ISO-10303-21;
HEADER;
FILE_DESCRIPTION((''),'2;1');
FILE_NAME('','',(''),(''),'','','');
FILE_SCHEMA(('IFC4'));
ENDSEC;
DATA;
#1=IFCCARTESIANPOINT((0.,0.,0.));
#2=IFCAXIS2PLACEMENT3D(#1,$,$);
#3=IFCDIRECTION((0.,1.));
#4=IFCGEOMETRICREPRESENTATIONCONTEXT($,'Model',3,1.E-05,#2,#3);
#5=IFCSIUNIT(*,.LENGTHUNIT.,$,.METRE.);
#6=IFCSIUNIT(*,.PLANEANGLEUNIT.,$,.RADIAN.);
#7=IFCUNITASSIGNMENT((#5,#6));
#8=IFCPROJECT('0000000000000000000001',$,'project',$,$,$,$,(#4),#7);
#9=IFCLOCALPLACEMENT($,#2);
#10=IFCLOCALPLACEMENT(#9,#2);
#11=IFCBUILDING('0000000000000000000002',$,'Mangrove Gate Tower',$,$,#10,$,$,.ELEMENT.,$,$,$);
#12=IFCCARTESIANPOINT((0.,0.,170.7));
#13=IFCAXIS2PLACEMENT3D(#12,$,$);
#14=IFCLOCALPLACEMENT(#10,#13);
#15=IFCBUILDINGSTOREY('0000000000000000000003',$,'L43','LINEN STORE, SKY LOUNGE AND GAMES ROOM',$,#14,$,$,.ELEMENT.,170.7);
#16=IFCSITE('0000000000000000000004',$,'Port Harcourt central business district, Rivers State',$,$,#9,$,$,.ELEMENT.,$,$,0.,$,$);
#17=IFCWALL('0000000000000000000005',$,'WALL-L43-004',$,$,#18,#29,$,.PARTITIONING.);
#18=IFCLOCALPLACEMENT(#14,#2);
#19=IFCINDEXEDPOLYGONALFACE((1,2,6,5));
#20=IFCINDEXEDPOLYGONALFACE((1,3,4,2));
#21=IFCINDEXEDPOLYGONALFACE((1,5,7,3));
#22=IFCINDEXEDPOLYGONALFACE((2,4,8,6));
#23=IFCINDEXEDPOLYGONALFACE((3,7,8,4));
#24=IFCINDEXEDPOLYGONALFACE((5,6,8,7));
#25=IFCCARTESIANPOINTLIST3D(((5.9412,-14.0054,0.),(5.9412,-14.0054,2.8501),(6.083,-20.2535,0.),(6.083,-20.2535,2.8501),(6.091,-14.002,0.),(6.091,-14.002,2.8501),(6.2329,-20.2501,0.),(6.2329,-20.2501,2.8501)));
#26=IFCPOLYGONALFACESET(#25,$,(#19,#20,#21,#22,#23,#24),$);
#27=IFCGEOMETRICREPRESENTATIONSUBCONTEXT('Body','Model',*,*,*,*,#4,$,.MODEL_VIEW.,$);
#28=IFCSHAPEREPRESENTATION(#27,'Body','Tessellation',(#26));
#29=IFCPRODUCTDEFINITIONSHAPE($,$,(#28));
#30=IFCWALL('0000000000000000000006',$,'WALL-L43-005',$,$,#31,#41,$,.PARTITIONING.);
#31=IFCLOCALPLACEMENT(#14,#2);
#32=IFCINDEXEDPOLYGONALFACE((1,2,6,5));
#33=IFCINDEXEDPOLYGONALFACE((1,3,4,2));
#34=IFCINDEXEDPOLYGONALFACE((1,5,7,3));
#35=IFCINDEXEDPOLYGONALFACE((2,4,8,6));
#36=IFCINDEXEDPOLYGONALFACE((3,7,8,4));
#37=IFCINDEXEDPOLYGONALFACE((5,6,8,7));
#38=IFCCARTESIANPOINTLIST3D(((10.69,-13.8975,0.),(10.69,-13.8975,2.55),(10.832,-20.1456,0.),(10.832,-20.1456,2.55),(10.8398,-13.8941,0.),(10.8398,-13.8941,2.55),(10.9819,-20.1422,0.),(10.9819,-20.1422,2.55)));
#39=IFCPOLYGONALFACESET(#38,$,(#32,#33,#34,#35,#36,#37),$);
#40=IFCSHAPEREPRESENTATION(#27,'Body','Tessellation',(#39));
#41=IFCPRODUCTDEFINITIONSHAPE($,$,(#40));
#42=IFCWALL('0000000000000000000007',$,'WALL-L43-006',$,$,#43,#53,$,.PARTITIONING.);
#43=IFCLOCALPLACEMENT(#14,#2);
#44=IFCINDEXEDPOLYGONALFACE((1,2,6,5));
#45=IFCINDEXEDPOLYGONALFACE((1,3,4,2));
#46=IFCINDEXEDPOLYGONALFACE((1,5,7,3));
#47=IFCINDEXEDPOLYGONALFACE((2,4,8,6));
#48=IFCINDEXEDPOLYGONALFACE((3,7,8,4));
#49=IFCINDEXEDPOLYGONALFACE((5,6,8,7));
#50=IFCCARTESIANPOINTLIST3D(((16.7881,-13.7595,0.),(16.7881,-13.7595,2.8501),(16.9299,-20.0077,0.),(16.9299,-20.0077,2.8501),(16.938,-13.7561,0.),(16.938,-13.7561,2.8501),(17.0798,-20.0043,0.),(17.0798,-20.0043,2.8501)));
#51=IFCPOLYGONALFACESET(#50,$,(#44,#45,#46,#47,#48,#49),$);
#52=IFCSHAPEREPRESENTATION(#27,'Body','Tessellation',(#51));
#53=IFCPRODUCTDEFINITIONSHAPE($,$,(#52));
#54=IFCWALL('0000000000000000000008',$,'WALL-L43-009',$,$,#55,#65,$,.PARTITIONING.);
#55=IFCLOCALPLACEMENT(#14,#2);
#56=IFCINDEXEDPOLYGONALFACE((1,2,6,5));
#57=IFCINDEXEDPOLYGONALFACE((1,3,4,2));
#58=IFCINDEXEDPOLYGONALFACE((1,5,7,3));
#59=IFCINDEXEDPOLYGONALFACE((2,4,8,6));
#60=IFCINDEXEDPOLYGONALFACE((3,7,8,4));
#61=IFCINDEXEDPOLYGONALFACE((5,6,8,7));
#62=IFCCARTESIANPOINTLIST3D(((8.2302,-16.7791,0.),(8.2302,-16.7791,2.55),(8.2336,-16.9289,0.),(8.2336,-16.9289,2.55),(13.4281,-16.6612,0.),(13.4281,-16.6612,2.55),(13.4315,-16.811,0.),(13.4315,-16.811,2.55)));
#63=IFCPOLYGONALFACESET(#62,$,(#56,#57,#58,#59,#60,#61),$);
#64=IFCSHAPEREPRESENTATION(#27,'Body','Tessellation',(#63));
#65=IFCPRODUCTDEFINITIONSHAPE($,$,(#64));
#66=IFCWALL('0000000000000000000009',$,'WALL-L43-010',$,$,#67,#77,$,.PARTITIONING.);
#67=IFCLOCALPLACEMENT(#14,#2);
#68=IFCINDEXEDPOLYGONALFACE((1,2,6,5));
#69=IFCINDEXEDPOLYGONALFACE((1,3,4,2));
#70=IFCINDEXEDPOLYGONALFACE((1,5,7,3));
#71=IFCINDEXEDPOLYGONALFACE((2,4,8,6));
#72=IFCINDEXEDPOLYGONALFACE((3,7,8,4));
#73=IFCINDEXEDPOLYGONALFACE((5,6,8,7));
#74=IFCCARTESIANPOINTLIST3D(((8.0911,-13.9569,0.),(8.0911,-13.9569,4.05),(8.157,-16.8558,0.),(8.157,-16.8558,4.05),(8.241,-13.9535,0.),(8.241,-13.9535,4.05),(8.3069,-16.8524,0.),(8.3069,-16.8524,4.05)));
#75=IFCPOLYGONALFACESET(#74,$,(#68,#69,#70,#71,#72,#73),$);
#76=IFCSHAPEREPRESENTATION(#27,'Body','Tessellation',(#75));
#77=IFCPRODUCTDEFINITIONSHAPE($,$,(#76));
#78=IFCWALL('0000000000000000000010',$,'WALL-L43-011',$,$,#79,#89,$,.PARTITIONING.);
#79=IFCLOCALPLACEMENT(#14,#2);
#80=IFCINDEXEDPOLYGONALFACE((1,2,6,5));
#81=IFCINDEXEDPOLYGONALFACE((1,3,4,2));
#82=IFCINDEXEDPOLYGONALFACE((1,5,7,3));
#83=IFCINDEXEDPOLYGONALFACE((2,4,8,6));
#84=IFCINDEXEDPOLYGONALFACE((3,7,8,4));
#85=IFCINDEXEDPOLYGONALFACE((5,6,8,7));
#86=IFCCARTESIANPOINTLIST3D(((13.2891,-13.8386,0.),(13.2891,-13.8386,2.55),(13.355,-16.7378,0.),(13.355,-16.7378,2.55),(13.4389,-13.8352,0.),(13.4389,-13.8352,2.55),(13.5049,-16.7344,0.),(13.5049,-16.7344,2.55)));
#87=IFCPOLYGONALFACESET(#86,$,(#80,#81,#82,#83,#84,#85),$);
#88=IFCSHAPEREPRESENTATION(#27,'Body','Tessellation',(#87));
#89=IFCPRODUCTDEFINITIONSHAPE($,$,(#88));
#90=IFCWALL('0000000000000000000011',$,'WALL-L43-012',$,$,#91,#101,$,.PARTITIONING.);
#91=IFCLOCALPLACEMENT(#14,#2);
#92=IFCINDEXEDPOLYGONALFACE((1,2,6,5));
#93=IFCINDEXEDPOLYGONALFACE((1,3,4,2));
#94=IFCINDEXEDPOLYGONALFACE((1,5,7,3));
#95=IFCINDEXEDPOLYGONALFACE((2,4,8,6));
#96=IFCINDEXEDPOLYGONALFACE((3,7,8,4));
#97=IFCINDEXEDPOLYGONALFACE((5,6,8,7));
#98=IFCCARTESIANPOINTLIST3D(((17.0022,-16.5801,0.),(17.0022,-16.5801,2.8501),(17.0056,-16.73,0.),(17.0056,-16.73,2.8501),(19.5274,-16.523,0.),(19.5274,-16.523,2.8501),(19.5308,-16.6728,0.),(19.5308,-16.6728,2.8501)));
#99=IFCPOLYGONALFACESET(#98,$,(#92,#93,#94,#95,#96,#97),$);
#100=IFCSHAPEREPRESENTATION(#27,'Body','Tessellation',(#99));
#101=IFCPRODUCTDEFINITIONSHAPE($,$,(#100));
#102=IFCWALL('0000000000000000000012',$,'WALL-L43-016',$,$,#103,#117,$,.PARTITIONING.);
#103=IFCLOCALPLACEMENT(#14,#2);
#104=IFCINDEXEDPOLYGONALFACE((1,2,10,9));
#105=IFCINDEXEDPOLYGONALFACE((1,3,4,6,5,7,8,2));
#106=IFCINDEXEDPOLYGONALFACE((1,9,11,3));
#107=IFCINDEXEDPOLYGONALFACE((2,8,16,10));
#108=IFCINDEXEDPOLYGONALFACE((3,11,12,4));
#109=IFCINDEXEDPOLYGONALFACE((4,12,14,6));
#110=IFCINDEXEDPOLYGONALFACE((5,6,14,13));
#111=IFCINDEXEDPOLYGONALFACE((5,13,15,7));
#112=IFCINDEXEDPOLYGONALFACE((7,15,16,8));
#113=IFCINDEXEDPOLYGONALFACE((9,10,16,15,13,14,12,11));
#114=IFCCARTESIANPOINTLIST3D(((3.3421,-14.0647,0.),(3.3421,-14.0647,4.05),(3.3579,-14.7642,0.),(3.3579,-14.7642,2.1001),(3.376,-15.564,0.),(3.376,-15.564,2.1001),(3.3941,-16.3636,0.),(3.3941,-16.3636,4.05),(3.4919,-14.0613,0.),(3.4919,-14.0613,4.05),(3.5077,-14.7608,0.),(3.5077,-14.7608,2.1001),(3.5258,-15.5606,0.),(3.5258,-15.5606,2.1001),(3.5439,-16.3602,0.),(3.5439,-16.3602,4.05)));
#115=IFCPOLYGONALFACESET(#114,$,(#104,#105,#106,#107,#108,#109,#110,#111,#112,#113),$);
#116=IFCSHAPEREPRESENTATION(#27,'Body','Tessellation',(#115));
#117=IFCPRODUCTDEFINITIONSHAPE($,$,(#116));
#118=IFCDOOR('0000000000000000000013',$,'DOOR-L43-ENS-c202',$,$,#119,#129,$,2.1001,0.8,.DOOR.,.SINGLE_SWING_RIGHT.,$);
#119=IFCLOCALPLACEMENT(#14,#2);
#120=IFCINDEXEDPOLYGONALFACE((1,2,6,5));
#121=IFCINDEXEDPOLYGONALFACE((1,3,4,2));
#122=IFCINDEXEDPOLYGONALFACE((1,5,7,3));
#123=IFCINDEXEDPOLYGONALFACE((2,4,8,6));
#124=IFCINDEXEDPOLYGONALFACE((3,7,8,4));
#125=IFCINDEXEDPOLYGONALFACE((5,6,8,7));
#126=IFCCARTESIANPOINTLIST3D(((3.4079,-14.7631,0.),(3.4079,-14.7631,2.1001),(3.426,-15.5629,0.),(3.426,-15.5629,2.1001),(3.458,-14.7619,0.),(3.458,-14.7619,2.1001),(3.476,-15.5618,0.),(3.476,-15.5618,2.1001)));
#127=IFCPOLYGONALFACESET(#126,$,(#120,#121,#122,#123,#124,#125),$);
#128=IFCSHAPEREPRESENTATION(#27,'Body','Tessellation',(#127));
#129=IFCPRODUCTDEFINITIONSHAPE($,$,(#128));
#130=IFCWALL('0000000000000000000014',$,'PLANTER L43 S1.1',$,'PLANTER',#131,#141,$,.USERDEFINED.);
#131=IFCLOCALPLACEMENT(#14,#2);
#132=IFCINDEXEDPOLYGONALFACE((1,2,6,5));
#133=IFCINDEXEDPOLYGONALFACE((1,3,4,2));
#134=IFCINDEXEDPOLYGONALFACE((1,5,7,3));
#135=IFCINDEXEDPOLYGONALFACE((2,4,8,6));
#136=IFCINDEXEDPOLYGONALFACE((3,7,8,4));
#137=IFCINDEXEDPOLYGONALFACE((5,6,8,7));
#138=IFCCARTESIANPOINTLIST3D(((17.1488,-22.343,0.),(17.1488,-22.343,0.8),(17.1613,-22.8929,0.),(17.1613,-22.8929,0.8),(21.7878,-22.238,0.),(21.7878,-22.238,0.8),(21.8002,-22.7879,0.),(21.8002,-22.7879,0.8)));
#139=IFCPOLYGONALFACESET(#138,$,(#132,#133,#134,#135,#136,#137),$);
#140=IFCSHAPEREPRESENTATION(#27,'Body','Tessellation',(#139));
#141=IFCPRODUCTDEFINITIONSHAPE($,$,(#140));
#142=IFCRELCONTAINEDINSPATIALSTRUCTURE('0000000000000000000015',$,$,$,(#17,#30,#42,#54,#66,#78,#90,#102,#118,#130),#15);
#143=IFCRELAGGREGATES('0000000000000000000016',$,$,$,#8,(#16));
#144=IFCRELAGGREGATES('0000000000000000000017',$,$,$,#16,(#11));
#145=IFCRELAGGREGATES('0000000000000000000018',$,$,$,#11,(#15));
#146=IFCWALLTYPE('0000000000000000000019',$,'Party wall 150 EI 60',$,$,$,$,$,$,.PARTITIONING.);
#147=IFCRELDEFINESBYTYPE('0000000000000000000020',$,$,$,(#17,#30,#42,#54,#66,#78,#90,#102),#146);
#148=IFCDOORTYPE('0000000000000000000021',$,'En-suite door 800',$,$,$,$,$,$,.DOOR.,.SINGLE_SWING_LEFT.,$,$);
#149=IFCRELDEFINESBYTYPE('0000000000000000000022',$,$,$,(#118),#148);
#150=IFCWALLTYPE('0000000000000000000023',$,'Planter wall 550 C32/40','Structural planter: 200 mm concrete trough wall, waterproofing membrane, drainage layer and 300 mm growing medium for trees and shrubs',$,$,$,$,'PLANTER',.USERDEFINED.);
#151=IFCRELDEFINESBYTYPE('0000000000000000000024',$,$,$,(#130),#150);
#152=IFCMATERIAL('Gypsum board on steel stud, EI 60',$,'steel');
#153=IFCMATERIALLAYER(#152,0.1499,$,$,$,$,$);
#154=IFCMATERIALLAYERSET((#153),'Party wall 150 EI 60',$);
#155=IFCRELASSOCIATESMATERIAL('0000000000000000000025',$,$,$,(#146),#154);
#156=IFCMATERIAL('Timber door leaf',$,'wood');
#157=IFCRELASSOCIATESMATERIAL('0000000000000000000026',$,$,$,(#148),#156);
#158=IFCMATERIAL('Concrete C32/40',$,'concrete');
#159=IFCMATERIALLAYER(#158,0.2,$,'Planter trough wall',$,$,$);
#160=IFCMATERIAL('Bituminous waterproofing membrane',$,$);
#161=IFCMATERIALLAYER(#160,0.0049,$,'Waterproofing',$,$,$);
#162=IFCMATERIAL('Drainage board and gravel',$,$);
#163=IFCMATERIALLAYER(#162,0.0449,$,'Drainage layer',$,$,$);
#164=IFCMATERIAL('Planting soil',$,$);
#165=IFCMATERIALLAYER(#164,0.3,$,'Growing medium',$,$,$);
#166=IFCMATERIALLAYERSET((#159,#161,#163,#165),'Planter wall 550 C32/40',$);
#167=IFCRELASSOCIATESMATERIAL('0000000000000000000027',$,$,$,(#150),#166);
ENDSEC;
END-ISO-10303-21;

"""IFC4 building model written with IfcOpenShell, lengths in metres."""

from ifc_helpers import new_model, si_unit, direction, frame, frame_2d, origin, place, context, subcontext, project, spatial, rectangle, extrude, material, layer, layer_set, type_object, element, fill, save


model = new_model("IFC4")

# Units and contexts
model_context = context("Model", 3, precision=1e-05, world=origin(), true_north=direction((0.0, 1.0)))
body_context = subcontext(model_context, "Body", "Model", "MODEL_VIEW")
ifc_project = project(units=[si_unit("LENGTHUNIT", "METRE"), si_unit("PLANEANGLEUNIT", "RADIAN")], contexts=[model_context])

# Site, building, storey
site_placement = place(None, origin())
site = spatial("IfcSite", under=ifc_project, at=site_placement, Name="Port Harcourt central business district, Rivers State", CompositionType="ELEMENT", RefElevation=0.0)
building_placement = place(site_placement, origin())
building = spatial("IfcBuilding", under=site, at=building_placement, Name="Mangrove Gate Tower", CompositionType="ELEMENT")
storey_placement = place(building_placement, frame((0.0, 0.0, 170.7)))
storey = spatial("IfcBuildingStorey", under=building, at=storey_placement, Name="L43", Description="LINEN STORE, SKY LOUNGE AND GAMES ROOM", CompositionType="ELEMENT", Elevation=170.7)

# Walls
ifc_material_1 = material(Name="Gypsum board on steel stud, EI 60", Category="steel")
ifc_layer_1 = layer(ifc_material_1, 0.1499)
ifc_layer_set_1 = layer_set([ifc_layer_1], Name="Party wall 150 EI 60")
wall_type_1 = type_object("IfcWallType", Name="Party wall 150 EI 60", PredefinedType="PARTITIONING", material=ifc_layer_set_1)
wall_1_placement = place(storey_placement, frame((6.158, -20.252, 0.0), z_axis=(0.0, 0.0, 1.0), x_axis=(-0.022697, 0.999742, 0.0)))
element("IfcWall", 1, at=wall_1_placement, inside=storey, type_object=wall_type_1, Name="WALL-L43-004", PredefinedType="PARTITIONING", context=body_context, shape_type="SweptSolid", body=[
    extrude(rectangle(XDim=6.2498, YDim=0.1499, at=frame_2d((3.125, 0.0))), origin(), (0.0, 0.0, 1.0), 2.8501),
])
wall_2_placement = place(storey_placement, frame((10.907, -20.144, 0.0), z_axis=(0.0, 0.0, 1.0), x_axis=(-0.022736, 0.999742, 0.0)))
element("IfcWall", 2, at=wall_2_placement, inside=storey, type_object=wall_type_1, Name="WALL-L43-005", PredefinedType="PARTITIONING", context=body_context, shape_type="SweptSolid", body=[
    extrude(rectangle(XDim=6.2498, YDim=0.1499, at=frame_2d((3.125, 0.0))), origin(), (0.0, 0.0, 1.0), 2.55),
])
wall_3_placement = place(storey_placement, frame((17.0049, -20.0061, 0.0), z_axis=(0.0, 0.0, 1.0), x_axis=(-0.022697, 0.999742, 0.0)))
element("IfcWall", 3, at=wall_3_placement, inside=storey, type_object=wall_type_1, Name="WALL-L43-006", PredefinedType="PARTITIONING", context=body_context, shape_type="SweptSolid", body=[
    extrude(rectangle(XDim=6.2498, YDim=0.1499, at=frame_2d((3.125, 0.0))), origin(), (0.0, 0.0, 1.0), 2.8501),
])
wall_4_placement = place(storey_placement, frame((8.2319, -16.854, 0.0), z_axis=(0.0, 0.0, 1.0), x_axis=(0.999743, 0.02268, 0.0)))
element("IfcWall", 4, at=wall_4_placement, inside=storey, type_object=wall_type_1, Name="WALL-L43-009", PredefinedType="PARTITIONING", context=body_context, shape_type="SweptSolid", body=[
    extrude(rectangle(XDim=5.1992, YDim=0.1499, at=frame_2d((2.5996, 0.0))), origin(), (0.0, 0.0, 1.0), 2.55),
])
wall_5_placement = place(storey_placement, frame((8.2319, -16.854, 0.0), z_axis=(0.0, 0.0, 1.0), x_axis=(-0.022733, 0.999742, 0.0)))
element("IfcWall", 5, at=wall_5_placement, inside=storey, type_object=wall_type_1, Name="WALL-L43-010", PredefinedType="PARTITIONING", context=body_context, shape_type="SweptSolid", body=[
    extrude(rectangle(XDim=2.8997, YDim=0.1499, at=frame_2d((1.4497, 0.0))), origin(), (0.0, 0.0, 1.0), 4.05),
])
wall_6_placement = place(storey_placement, frame((13.4299, -16.7361, 0.0), z_axis=(0.0, 0.0, 1.0), x_axis=(-0.022731, 0.999742, 0.0)))
element("IfcWall", 6, at=wall_6_placement, inside=storey, type_object=wall_type_1, Name="WALL-L43-011", PredefinedType="PARTITIONING", context=body_context, shape_type="SweptSolid", body=[
    extrude(rectangle(XDim=2.8999, YDim=0.1499, at=frame_2d((1.45, 0.0))), origin(), (0.0, 0.0, 1.0), 2.55),
])
wall_7_placement = place(storey_placement, frame((17.0039, -16.655, 0.0), z_axis=(0.0, 0.0, 1.0), x_axis=(0.999744, 0.022618, 0.0)))
element("IfcWall", 7, at=wall_7_placement, inside=storey, type_object=wall_type_1, Name="WALL-L43-012", PredefinedType="PARTITIONING", context=body_context, shape_type="SweptSolid", body=[
    extrude(rectangle(XDim=2.5259, YDim=0.1499, at=frame_2d((1.2629, 0.0))), origin(), (0.0, 0.0, 1.0), 2.8501),
])

# Wall, opening, door
wall_8_placement = place(storey_placement, frame((3.469, -16.3621, 0.0), z_axis=(0.0, 0.0, 1.0), x_axis=(-0.022613, 0.999744, 0.0)))
wall_8 = element("IfcWall", 8, at=wall_8_placement, inside=storey, type_object=wall_type_1, Name="WALL-L43-016", PredefinedType="PARTITIONING", context=body_context, shape_type="SweptSolid", body=[
    extrude(rectangle(XDim=2.2996, YDim=0.1499, at=frame_2d((1.1499, 0.0))), origin(), (0.0, 0.0, 1.0), 4.05),
])
opening_1_placement = place(wall_8_placement, frame((0.8, 0.0, 0.0)))
opening_1 = element("IfcOpeningElement", 9, at=opening_1_placement, cuts=wall_8, PredefinedType="OPENING", context=body_context, shape_type="SweptSolid", body=[
    extrude(rectangle(XDim=0.8, YDim=2.1001, at=frame_2d((0.3999, 1.05))), frame((0.0, 0.085, 0.0), z_axis=(0.0, -1.0, 0.0), x_axis=(1.0, 0.0, 0.0)), (0.0, 0.0, 1.0), 0.1699),
])
ifc_material_2 = material(Name="Timber door leaf", Category="wood")
door_type_1 = type_object("IfcDoorType", Name="En-suite door 800", OperationType="SINGLE_SWING_LEFT", PredefinedType="DOOR", material=ifc_material_2)
door_1_placement = place(opening_1_placement, origin())
door_1 = element("IfcDoor", 10, at=door_1_placement, inside=storey, type_object=door_type_1, Name="DOOR-L43-ENS-c202", OperationType="SINGLE_SWING_RIGHT", OverallHeight=2.1001, OverallWidth=0.8, PredefinedType="DOOR", context=body_context, shape_type="SweptSolid", body=[
    extrude(rectangle(XDim=0.8, YDim=2.1001, at=frame_2d((0.3999, 1.05))), frame((0.0, 0.0249, 0.0), z_axis=(0.0, -1.0, 0.0), x_axis=(1.0, 0.0, 0.0)), (0.0, 0.0, 1.0), 0.05),
])
fill(opening_1, door_1)

# Wall
ifc_material_3 = material(Name="Concrete C32/40", Category="concrete")
ifc_layer_2 = layer(ifc_material_3, 0.2, Name="Planter trough wall")
ifc_material_4 = material(Name="Bituminous waterproofing membrane")
ifc_layer_3 = layer(ifc_material_4, 0.0049, Name="Waterproofing")
ifc_material_5 = material(Name="Drainage board and gravel")
ifc_layer_4 = layer(ifc_material_5, 0.0449, Name="Drainage layer")
ifc_material_6 = material(Name="Planting soil")
ifc_layer_5 = layer(ifc_material_6, 0.3, Name="Growing medium")
ifc_layer_set_2 = layer_set([ifc_layer_2, ifc_layer_3, ifc_layer_4, ifc_layer_5], Name="Planter wall 550 C32/40")
wall_type_2 = type_object("IfcWallType", Name="Planter wall 550 C32/40", Description="Structural planter: 200 mm concrete trough wall, waterproofing membrane, drainage layer and 300 mm growing medium for trees and shrubs", ElementType="PLANTER", PredefinedType="USERDEFINED", material=ifc_layer_set_2)
wall_9_placement = place(storey_placement, frame((17.155, -22.6179, 0.0), z_axis=(0.0, 0.0, 1.0), x_axis=(0.999744, 0.022625, 0.0)))
element("IfcWall", 11, at=wall_9_placement, inside=storey, type_object=wall_type_2, Name="PLANTER L43 S1.1", ObjectType="PLANTER", PredefinedType="USERDEFINED", context=body_context, shape_type="SweptSolid", body=[
    extrude(rectangle(XDim=4.6401, YDim=0.55, at=frame_2d((2.3201, 0.0))), origin(), (0.0, 0.0, 1.0), 0.8),
])

save(model, "model.ifc")
